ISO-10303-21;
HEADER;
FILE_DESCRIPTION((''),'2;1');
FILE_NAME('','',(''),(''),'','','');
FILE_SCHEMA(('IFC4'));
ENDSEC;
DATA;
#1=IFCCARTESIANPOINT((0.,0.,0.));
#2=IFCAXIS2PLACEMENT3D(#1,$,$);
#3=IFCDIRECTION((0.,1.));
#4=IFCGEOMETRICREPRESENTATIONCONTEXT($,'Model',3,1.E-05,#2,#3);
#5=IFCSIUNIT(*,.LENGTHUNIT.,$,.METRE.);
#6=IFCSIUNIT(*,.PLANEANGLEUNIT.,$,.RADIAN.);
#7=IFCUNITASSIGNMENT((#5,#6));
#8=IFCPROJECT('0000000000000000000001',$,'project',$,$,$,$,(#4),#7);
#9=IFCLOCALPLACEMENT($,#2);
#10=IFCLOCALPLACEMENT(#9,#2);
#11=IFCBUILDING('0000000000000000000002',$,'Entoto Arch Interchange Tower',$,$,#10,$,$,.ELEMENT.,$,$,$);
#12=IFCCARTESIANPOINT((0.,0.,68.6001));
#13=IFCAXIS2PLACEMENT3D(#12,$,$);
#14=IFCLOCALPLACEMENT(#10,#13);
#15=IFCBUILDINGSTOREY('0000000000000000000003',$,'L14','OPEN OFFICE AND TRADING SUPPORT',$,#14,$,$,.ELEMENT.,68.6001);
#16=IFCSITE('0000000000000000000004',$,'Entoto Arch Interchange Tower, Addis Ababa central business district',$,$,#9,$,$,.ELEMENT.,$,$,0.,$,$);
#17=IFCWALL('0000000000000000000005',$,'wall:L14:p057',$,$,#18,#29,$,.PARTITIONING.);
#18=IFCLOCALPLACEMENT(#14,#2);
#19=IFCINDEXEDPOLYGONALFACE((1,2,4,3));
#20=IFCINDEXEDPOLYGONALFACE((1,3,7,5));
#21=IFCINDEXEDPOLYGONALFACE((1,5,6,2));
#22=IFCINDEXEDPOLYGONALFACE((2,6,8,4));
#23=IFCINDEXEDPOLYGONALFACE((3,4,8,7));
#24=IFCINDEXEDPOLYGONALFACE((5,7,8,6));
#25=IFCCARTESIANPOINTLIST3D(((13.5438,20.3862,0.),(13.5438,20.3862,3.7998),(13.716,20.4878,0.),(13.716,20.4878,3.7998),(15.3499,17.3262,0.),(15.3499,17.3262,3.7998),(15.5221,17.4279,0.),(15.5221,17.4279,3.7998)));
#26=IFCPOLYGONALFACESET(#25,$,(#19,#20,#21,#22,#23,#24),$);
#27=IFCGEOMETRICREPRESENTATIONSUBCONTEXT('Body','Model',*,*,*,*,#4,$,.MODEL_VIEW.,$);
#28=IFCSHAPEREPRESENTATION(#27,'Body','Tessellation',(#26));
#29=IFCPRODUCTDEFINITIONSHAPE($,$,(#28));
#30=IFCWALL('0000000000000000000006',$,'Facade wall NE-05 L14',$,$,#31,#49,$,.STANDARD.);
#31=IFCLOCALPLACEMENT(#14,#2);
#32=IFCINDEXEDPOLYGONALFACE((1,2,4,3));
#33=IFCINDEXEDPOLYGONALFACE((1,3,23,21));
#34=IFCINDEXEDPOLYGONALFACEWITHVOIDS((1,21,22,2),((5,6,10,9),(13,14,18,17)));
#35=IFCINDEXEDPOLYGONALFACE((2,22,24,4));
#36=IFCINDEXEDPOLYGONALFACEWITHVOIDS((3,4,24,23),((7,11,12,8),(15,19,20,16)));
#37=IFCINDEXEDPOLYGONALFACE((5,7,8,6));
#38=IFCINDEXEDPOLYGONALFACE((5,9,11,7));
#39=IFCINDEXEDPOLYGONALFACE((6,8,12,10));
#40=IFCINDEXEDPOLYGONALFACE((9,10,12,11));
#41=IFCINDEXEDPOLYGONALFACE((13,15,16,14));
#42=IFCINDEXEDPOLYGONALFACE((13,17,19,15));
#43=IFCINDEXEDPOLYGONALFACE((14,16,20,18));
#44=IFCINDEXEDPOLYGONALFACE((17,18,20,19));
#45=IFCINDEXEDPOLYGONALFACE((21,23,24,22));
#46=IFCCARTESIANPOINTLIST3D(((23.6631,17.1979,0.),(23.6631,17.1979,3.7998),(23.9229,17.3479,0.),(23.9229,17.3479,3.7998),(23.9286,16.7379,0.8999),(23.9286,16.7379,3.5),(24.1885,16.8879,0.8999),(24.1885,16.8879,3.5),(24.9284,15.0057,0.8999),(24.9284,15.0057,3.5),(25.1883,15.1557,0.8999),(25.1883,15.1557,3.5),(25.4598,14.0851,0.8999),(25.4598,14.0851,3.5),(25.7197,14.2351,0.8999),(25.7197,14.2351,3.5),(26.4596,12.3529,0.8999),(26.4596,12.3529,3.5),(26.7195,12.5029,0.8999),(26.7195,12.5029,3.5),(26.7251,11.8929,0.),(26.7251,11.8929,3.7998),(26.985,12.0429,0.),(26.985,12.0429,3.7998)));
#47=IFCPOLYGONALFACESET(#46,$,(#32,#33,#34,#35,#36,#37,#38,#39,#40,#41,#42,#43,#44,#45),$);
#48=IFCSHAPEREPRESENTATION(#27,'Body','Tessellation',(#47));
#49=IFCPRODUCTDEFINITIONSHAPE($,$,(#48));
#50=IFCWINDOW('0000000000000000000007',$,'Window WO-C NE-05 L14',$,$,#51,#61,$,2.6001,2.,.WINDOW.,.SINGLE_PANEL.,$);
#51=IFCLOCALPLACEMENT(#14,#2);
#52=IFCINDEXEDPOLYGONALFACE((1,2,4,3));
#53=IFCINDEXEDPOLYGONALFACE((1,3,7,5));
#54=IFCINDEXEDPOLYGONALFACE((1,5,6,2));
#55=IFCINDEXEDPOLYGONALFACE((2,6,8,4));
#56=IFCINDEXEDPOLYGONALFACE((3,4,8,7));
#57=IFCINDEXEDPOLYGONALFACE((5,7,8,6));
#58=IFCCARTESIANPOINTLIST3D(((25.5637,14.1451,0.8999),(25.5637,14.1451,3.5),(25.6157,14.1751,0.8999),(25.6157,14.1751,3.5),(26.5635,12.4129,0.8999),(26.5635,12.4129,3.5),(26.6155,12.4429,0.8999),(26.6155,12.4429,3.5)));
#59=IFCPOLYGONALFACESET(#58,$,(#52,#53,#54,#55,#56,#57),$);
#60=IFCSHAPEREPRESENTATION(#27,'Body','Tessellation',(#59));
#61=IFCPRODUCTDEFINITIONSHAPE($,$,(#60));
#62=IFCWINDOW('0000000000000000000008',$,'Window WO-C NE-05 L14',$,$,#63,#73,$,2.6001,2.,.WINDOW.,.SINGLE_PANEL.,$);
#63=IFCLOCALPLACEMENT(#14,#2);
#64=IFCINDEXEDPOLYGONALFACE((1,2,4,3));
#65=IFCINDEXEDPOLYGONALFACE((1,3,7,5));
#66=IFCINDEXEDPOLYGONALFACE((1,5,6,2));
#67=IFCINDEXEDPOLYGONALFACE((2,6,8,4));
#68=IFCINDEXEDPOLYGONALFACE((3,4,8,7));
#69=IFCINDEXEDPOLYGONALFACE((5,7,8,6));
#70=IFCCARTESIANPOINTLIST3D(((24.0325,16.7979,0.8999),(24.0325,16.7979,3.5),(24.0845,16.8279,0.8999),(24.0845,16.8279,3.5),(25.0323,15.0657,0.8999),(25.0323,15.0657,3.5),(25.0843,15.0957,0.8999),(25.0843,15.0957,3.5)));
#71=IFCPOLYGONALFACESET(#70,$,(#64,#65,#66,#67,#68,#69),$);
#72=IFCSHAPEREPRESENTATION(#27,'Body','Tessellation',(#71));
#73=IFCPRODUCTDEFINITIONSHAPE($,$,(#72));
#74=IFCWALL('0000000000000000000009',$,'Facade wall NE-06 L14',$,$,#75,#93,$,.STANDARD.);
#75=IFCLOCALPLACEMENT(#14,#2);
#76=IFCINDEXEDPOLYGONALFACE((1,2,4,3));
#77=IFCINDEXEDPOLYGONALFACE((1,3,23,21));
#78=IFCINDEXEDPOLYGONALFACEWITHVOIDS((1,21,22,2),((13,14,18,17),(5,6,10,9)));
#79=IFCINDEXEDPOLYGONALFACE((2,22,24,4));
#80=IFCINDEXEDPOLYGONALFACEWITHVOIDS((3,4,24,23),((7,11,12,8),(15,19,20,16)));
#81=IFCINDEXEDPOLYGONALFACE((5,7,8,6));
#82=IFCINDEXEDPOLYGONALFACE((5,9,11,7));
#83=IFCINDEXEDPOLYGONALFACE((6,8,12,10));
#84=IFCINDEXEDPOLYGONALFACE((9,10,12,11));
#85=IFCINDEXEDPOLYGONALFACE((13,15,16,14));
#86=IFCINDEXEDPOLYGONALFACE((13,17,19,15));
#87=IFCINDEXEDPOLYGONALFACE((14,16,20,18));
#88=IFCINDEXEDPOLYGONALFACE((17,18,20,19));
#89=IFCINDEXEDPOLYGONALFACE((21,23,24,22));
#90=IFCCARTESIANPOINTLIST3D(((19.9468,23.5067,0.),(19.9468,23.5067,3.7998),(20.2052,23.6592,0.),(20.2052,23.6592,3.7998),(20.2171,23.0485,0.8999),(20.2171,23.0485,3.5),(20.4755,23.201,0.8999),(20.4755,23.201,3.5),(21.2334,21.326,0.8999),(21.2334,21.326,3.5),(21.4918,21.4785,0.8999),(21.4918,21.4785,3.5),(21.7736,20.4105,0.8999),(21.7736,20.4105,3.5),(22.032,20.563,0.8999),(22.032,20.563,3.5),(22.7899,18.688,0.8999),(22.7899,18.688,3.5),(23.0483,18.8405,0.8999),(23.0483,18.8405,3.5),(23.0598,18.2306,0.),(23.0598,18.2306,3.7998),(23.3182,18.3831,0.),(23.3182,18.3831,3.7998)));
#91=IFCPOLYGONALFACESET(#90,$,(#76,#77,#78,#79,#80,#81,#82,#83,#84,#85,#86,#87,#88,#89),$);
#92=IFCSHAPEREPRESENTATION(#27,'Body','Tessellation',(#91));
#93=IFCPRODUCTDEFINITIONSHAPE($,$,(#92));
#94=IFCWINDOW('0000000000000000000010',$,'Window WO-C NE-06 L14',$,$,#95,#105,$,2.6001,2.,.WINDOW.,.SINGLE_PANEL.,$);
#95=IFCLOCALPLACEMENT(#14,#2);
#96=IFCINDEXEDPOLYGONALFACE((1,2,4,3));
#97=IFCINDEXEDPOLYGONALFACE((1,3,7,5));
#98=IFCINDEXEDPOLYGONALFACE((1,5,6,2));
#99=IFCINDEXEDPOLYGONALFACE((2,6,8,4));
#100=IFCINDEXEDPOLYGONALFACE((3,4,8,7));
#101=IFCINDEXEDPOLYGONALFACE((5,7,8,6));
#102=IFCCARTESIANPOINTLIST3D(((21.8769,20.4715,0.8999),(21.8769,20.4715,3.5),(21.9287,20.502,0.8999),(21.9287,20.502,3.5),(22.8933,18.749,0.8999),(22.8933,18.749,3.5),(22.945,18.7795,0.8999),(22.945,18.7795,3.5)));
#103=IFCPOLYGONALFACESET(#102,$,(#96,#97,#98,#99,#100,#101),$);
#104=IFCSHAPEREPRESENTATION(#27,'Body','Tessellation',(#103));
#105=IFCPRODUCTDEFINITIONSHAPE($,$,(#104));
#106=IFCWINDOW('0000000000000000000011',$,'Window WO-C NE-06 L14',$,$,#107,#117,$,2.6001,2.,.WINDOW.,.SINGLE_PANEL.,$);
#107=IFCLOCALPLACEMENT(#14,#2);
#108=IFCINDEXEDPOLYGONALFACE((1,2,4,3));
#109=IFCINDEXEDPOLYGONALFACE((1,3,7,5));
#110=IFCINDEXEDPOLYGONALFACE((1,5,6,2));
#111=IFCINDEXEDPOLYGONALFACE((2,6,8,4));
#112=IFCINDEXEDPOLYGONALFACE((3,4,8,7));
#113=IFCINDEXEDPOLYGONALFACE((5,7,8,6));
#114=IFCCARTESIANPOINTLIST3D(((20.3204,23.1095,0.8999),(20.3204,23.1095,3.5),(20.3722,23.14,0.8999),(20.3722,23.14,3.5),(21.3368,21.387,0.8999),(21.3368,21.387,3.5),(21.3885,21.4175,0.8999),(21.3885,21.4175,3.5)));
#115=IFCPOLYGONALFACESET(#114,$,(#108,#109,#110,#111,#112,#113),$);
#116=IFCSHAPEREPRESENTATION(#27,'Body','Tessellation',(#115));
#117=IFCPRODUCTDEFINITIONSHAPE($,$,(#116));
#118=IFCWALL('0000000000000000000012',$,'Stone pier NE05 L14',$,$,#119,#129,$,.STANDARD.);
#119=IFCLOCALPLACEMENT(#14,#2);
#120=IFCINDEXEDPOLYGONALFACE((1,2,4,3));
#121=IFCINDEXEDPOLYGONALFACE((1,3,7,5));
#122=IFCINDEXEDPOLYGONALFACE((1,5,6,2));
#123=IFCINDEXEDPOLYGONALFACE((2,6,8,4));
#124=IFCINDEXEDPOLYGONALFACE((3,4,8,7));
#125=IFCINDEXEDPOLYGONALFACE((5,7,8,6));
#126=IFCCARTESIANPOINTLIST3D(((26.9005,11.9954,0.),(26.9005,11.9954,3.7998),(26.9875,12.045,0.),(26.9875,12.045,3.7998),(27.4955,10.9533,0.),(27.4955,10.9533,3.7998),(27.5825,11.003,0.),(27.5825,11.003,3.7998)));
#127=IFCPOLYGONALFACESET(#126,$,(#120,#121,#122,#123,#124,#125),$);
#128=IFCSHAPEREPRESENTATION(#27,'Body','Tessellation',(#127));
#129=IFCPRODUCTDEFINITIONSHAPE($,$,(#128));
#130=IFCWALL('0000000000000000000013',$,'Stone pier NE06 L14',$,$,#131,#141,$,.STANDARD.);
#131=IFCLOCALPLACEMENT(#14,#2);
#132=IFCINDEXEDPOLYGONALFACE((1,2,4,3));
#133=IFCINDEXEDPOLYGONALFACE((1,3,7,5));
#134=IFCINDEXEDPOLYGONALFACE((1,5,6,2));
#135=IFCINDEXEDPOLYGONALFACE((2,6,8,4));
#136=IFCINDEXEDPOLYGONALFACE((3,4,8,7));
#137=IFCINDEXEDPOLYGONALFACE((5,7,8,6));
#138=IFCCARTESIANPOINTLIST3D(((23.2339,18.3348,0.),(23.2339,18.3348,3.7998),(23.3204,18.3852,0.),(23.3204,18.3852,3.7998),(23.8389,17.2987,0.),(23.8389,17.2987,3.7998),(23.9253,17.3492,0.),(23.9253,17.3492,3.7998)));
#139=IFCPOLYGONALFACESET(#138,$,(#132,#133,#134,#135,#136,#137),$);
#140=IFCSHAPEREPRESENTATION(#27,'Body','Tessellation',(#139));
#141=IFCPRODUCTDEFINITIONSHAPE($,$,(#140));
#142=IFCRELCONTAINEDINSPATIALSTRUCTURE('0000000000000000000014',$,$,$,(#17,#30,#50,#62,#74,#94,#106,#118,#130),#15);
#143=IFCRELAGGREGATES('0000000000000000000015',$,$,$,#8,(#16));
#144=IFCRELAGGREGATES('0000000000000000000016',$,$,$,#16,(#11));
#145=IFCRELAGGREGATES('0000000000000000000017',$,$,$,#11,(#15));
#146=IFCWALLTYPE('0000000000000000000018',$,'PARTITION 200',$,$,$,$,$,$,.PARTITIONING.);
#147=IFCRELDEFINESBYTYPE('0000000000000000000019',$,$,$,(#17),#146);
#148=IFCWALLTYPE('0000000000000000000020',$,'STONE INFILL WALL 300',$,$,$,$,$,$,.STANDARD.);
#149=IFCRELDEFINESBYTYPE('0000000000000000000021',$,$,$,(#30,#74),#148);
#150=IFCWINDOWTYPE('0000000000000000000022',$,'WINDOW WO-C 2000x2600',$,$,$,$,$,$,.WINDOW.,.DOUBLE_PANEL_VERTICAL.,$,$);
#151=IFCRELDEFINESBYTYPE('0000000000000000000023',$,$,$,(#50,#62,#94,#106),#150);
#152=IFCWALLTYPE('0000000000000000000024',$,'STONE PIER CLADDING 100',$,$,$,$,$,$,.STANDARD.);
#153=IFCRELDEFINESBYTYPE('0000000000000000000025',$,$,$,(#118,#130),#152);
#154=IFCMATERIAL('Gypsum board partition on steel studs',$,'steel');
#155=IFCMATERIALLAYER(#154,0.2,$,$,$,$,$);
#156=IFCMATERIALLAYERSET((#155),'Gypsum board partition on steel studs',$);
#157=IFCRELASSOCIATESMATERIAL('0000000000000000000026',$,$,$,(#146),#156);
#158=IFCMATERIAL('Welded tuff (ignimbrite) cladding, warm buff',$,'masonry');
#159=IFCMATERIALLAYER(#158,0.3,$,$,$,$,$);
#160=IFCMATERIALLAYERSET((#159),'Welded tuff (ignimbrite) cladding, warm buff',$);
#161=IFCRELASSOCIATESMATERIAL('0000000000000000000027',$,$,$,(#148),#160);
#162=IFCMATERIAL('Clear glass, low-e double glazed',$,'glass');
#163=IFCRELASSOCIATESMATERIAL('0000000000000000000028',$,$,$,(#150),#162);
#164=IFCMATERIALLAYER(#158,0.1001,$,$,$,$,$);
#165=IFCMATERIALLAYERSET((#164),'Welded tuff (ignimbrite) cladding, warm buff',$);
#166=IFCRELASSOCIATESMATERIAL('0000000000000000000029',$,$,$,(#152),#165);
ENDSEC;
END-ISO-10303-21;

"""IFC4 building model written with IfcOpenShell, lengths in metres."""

from ifc_helpers import new_model, si_unit, direction, frame, frame_2d, origin, place, context, subcontext, project, spatial, rectangle, extrude, material, layer, layer_set, type_object, element, fill, save


model = new_model("IFC4")

# Units and contexts
model_context = context("Model", 3, precision=1e-05, world=origin(), true_north=direction((0.0, 1.0)))
body_context = subcontext(model_context, "Body", "Model", "MODEL_VIEW")
ifc_project = project(units=[si_unit("LENGTHUNIT", "METRE"), si_unit("PLANEANGLEUNIT", "RADIAN")], contexts=[model_context])

# Site, building, storey
site_placement = place(None, origin())
site = spatial("IfcSite", under=ifc_project, at=site_placement, Name="Entoto Arch Interchange Tower, Addis Ababa central business district", CompositionType="ELEMENT", RefElevation=0.0)
building_placement = place(site_placement, origin())
building = spatial("IfcBuilding", under=site, at=building_placement, Name="Entoto Arch Interchange Tower", CompositionType="ELEMENT")
storey_placement = place(building_placement, frame((0.0, 0.0, 68.6001)))
storey = spatial("IfcBuildingStorey", under=building, at=storey_placement, Name="L14", Description="OPEN OFFICE AND TRADING SUPPORT", CompositionType="ELEMENT", Elevation=68.6001)

# Shared definitions
ifc_material_1 = material(Name="Gypsum board partition on steel studs", Category="steel")
ifc_layer_1 = layer(ifc_material_1, 0.2)
ifc_layer_set_1 = layer_set([ifc_layer_1], Name="Gypsum board partition on steel studs")
wall_type_1 = type_object("IfcWallType", Name="PARTITION 200", PredefinedType="PARTITIONING", material=ifc_layer_set_1)

# Wall
wall_1_placement = place(storey_placement, frame((13.6299, 20.437, 0.0), z_axis=(0.0, 0.0, 1.0), x_axis=(0.508299, -0.861181, 0.0)))
element("IfcWall", 1, at=wall_1_placement, inside=storey, type_object=wall_type_1, Name="wall:L14:p057", PredefinedType="PARTITIONING", context=body_context, shape_type="SweptSolid", body=[
    extrude(rectangle(XDim=3.5532, YDim=0.2, at=frame_2d((1.7766, 0.0))), origin(), (0.0, 0.0, 1.0), 3.7998),
])

# Walls, openings, windows
ifc_material_2 = material(Name="Welded tuff (ignimbrite) cladding, warm buff", Category="masonry")
ifc_layer_2 = layer(ifc_material_2, 0.3)
ifc_layer_set_2 = layer_set([ifc_layer_2], Name="Welded tuff (ignimbrite) cladding, warm buff")
wall_type_2 = type_object("IfcWallType", Name="STONE INFILL WALL 300", PredefinedType="STANDARD", material=ifc_layer_set_2)
wall_2_placement = place(storey_placement, frame((26.855, 11.968, 0.0), z_axis=(0.0, 0.0, 1.0), x_axis=(-0.499903, 0.866081, 0.0)))
wall_2 = element("IfcWall", 2, at=wall_2_placement, inside=storey, type_object=wall_type_2, Name="Facade wall NE-05 L14", PredefinedType="STANDARD", context=body_context, shape_type="SweptSolid", body=[
    extrude(rectangle(XDim=6.1252, YDim=0.3, at=frame_2d((3.0625, 0.0))), origin(), (0.0, 0.0, 1.0), 3.7998),
])
opening_1_placement = place(wall_2_placement, frame((0.531, 0.0, 0.8999)))
opening_1 = element("IfcOpeningElement", 3, at=opening_1_placement, cuts=wall_2, PredefinedType="OPENING", context=body_context, shape_type="SweptSolid", body=[
    extrude(rectangle(XDim=2.0, YDim=2.6001, at=frame_2d((1.0, 1.3))), frame((0.0, 0.1602, 0.0), z_axis=(0.0, -1.0, 0.0), x_axis=(1.0, 0.0, 0.0)), (0.0, 0.0, 1.0), 0.3201),
])
opening_2_placement = place(wall_2_placement, frame((3.594, 0.0, 0.8999)))
opening_2 = element("IfcOpeningElement", 4, at=opening_2_placement, cuts=wall_2, PredefinedType="OPENING", context=body_context, shape_type="SweptSolid", body=[
    extrude(rectangle(XDim=2.0, YDim=2.6001, at=frame_2d((1.0, 1.3))), frame((0.0, 0.1602, 0.0), z_axis=(0.0, -1.0, 0.0), x_axis=(1.0, 0.0, 0.0)), (0.0, 0.0, 1.0), 0.3201),
])
ifc_material_3 = material(Name="Clear glass, low-e double glazed", Category="glass")
window_type = type_object("IfcWindowType", Name="WINDOW WO-C 2000x2600", PartitioningType="DOUBLE_PANEL_VERTICAL", PredefinedType="WINDOW", material=ifc_material_3)
window_1_placement = place(opening_1_placement, origin())
window_1 = element("IfcWindow", 5, at=window_1_placement, inside=storey, type_object=window_type, Name="Window WO-C NE-05 L14", OverallHeight=2.6001, OverallWidth=2.0, PartitioningType="SINGLE_PANEL", PredefinedType="WINDOW", context=body_context, shape_type="SweptSolid", body=[
    extrude(rectangle(XDim=2.0, YDim=2.6001, at=frame_2d((1.0, 1.3))), frame((0.0, 0.03, 0.0), z_axis=(0.0, -1.0, 0.0), x_axis=(1.0, 0.0, 0.0)), (0.0, 0.0, 1.0), 0.0601),
])
fill(opening_1, window_1)
window_2_placement = place(opening_2_placement, origin())
window_2 = element("IfcWindow", 6, at=window_2_placement, inside=storey, type_object=window_type, Name="Window WO-C NE-05 L14", OverallHeight=2.6001, OverallWidth=2.0, PartitioningType="SINGLE_PANEL", PredefinedType="WINDOW", context=body_context, shape_type="SweptSolid", body=[
    extrude(rectangle(XDim=2.0, YDim=2.6001, at=frame_2d((1.0, 1.3))), frame((0.0, 0.03, 0.0), z_axis=(0.0, -1.0, 0.0), x_axis=(1.0, 0.0, 0.0)), (0.0, 0.0, 1.0), 0.0601),
])
fill(opening_2, window_2)
wall_3_placement = place(storey_placement, frame((23.189, 18.3069, 0.0), z_axis=(0.0, 0.0, 1.0), x_axis=(-0.508164, 0.86126, 0.0)))
wall_3 = element("IfcWall", 7, at=wall_3_placement, inside=storey, type_object=wall_type_2, Name="Facade wall NE-06 L14", PredefinedType="STANDARD", context=body_context, shape_type="SweptSolid", body=[
    extrude(rectangle(XDim=6.126, YDim=0.3, at=frame_2d((3.063, 0.0))), origin(), (0.0, 0.0, 1.0), 3.7998),
])
opening_3_placement = place(wall_3_placement, frame((0.531, 0.0, 0.8999)))
opening_3 = element("IfcOpeningElement", 8, at=opening_3_placement, cuts=wall_3, PredefinedType="OPENING", context=body_context, shape_type="SweptSolid", body=[
    extrude(rectangle(XDim=2.0, YDim=2.6001, at=frame_2d((1.0, 1.3))), frame((0.0, 0.1602, 0.0), z_axis=(0.0, -1.0, 0.0), x_axis=(1.0, 0.0, 0.0)), (0.0, 0.0, 1.0), 0.3201),
])
opening_4_placement = place(wall_3_placement, frame((3.594, 0.0, 0.8999)))
opening_4 = element("IfcOpeningElement", 9, at=opening_4_placement, cuts=wall_3, PredefinedType="OPENING", context=body_context, shape_type="SweptSolid", body=[
    extrude(rectangle(XDim=2.0, YDim=2.6001, at=frame_2d((1.0, 1.3))), frame((0.0, 0.1602, 0.0), z_axis=(0.0, -1.0, 0.0), x_axis=(1.0, 0.0, 0.0)), (0.0, 0.0, 1.0), 0.3201),
])
window_3_placement = place(opening_3_placement, origin())
window_3 = element("IfcWindow", 10, at=window_3_placement, inside=storey, type_object=window_type, Name="Window WO-C NE-06 L14", OverallHeight=2.6001, OverallWidth=2.0, PartitioningType="SINGLE_PANEL", PredefinedType="WINDOW", context=body_context, shape_type="SweptSolid", body=[
    extrude(rectangle(XDim=2.0, YDim=2.6001, at=frame_2d((1.0, 1.3))), frame((0.0, 0.03, 0.0), z_axis=(0.0, -1.0, 0.0), x_axis=(1.0, 0.0, 0.0)), (0.0, 0.0, 1.0), 0.0601),
])
fill(opening_3, window_3)
window_4_placement = place(opening_4_placement, origin())
window_4 = element("IfcWindow", 11, at=window_4_placement, inside=storey, type_object=window_type, Name="Window WO-C NE-06 L14", OverallHeight=2.6001, OverallWidth=2.0, PartitioningType="SINGLE_PANEL", PredefinedType="WINDOW", context=body_context, shape_type="SweptSolid", body=[
    extrude(rectangle(XDim=2.0, YDim=2.6001, at=frame_2d((1.0, 1.3))), frame((0.0, 0.03, 0.0), z_axis=(0.0, -1.0, 0.0), x_axis=(1.0, 0.0, 0.0)), (0.0, 0.0, 1.0), 0.0601),
])
fill(opening_4, window_4)

# Walls
ifc_layer_3 = layer(ifc_material_2, 0.1001)
ifc_layer_set_3 = layer_set([ifc_layer_3], Name="Welded tuff (ignimbrite) cladding, warm buff")
wall_type_3 = type_object("IfcWallType", Name="STONE PIER CLADDING 100", PredefinedType="STANDARD", material=ifc_layer_set_3)
wall_4_placement = place(storey_placement, frame((27.5391, 10.978, 0.0), z_axis=(0.0, 0.0, 1.0), x_axis=(-0.495854, 0.868406, 0.0)))
element("IfcWall", 12, at=wall_4_placement, inside=storey, type_object=wall_type_3, Name="Stone pier NE05 L14", PredefinedType="STANDARD", context=body_context, shape_type="SweptSolid", body=[
    extrude(rectangle(XDim=1.2, YDim=0.1001, at=frame_2d((0.6001, 0.0))), origin(), (0.0, 0.0, 1.0), 3.7998),
])
wall_5_placement = place(storey_placement, frame((23.8821, 17.324, 0.0), z_axis=(0.0, 0.0, 1.0), x_axis=(-0.504225, 0.863572, 0.0)))
element("IfcWall", 13, at=wall_5_placement, inside=storey, type_object=wall_type_3, Name="Stone pier NE06 L14", PredefinedType="STANDARD", context=body_context, shape_type="SweptSolid", body=[
    extrude(rectangle(XDim=1.1997, YDim=0.1001, at=frame_2d((0.5999, 0.0))), origin(), (0.0, 0.0, 1.0), 3.7998),
])

save(model, "model.ifc")
